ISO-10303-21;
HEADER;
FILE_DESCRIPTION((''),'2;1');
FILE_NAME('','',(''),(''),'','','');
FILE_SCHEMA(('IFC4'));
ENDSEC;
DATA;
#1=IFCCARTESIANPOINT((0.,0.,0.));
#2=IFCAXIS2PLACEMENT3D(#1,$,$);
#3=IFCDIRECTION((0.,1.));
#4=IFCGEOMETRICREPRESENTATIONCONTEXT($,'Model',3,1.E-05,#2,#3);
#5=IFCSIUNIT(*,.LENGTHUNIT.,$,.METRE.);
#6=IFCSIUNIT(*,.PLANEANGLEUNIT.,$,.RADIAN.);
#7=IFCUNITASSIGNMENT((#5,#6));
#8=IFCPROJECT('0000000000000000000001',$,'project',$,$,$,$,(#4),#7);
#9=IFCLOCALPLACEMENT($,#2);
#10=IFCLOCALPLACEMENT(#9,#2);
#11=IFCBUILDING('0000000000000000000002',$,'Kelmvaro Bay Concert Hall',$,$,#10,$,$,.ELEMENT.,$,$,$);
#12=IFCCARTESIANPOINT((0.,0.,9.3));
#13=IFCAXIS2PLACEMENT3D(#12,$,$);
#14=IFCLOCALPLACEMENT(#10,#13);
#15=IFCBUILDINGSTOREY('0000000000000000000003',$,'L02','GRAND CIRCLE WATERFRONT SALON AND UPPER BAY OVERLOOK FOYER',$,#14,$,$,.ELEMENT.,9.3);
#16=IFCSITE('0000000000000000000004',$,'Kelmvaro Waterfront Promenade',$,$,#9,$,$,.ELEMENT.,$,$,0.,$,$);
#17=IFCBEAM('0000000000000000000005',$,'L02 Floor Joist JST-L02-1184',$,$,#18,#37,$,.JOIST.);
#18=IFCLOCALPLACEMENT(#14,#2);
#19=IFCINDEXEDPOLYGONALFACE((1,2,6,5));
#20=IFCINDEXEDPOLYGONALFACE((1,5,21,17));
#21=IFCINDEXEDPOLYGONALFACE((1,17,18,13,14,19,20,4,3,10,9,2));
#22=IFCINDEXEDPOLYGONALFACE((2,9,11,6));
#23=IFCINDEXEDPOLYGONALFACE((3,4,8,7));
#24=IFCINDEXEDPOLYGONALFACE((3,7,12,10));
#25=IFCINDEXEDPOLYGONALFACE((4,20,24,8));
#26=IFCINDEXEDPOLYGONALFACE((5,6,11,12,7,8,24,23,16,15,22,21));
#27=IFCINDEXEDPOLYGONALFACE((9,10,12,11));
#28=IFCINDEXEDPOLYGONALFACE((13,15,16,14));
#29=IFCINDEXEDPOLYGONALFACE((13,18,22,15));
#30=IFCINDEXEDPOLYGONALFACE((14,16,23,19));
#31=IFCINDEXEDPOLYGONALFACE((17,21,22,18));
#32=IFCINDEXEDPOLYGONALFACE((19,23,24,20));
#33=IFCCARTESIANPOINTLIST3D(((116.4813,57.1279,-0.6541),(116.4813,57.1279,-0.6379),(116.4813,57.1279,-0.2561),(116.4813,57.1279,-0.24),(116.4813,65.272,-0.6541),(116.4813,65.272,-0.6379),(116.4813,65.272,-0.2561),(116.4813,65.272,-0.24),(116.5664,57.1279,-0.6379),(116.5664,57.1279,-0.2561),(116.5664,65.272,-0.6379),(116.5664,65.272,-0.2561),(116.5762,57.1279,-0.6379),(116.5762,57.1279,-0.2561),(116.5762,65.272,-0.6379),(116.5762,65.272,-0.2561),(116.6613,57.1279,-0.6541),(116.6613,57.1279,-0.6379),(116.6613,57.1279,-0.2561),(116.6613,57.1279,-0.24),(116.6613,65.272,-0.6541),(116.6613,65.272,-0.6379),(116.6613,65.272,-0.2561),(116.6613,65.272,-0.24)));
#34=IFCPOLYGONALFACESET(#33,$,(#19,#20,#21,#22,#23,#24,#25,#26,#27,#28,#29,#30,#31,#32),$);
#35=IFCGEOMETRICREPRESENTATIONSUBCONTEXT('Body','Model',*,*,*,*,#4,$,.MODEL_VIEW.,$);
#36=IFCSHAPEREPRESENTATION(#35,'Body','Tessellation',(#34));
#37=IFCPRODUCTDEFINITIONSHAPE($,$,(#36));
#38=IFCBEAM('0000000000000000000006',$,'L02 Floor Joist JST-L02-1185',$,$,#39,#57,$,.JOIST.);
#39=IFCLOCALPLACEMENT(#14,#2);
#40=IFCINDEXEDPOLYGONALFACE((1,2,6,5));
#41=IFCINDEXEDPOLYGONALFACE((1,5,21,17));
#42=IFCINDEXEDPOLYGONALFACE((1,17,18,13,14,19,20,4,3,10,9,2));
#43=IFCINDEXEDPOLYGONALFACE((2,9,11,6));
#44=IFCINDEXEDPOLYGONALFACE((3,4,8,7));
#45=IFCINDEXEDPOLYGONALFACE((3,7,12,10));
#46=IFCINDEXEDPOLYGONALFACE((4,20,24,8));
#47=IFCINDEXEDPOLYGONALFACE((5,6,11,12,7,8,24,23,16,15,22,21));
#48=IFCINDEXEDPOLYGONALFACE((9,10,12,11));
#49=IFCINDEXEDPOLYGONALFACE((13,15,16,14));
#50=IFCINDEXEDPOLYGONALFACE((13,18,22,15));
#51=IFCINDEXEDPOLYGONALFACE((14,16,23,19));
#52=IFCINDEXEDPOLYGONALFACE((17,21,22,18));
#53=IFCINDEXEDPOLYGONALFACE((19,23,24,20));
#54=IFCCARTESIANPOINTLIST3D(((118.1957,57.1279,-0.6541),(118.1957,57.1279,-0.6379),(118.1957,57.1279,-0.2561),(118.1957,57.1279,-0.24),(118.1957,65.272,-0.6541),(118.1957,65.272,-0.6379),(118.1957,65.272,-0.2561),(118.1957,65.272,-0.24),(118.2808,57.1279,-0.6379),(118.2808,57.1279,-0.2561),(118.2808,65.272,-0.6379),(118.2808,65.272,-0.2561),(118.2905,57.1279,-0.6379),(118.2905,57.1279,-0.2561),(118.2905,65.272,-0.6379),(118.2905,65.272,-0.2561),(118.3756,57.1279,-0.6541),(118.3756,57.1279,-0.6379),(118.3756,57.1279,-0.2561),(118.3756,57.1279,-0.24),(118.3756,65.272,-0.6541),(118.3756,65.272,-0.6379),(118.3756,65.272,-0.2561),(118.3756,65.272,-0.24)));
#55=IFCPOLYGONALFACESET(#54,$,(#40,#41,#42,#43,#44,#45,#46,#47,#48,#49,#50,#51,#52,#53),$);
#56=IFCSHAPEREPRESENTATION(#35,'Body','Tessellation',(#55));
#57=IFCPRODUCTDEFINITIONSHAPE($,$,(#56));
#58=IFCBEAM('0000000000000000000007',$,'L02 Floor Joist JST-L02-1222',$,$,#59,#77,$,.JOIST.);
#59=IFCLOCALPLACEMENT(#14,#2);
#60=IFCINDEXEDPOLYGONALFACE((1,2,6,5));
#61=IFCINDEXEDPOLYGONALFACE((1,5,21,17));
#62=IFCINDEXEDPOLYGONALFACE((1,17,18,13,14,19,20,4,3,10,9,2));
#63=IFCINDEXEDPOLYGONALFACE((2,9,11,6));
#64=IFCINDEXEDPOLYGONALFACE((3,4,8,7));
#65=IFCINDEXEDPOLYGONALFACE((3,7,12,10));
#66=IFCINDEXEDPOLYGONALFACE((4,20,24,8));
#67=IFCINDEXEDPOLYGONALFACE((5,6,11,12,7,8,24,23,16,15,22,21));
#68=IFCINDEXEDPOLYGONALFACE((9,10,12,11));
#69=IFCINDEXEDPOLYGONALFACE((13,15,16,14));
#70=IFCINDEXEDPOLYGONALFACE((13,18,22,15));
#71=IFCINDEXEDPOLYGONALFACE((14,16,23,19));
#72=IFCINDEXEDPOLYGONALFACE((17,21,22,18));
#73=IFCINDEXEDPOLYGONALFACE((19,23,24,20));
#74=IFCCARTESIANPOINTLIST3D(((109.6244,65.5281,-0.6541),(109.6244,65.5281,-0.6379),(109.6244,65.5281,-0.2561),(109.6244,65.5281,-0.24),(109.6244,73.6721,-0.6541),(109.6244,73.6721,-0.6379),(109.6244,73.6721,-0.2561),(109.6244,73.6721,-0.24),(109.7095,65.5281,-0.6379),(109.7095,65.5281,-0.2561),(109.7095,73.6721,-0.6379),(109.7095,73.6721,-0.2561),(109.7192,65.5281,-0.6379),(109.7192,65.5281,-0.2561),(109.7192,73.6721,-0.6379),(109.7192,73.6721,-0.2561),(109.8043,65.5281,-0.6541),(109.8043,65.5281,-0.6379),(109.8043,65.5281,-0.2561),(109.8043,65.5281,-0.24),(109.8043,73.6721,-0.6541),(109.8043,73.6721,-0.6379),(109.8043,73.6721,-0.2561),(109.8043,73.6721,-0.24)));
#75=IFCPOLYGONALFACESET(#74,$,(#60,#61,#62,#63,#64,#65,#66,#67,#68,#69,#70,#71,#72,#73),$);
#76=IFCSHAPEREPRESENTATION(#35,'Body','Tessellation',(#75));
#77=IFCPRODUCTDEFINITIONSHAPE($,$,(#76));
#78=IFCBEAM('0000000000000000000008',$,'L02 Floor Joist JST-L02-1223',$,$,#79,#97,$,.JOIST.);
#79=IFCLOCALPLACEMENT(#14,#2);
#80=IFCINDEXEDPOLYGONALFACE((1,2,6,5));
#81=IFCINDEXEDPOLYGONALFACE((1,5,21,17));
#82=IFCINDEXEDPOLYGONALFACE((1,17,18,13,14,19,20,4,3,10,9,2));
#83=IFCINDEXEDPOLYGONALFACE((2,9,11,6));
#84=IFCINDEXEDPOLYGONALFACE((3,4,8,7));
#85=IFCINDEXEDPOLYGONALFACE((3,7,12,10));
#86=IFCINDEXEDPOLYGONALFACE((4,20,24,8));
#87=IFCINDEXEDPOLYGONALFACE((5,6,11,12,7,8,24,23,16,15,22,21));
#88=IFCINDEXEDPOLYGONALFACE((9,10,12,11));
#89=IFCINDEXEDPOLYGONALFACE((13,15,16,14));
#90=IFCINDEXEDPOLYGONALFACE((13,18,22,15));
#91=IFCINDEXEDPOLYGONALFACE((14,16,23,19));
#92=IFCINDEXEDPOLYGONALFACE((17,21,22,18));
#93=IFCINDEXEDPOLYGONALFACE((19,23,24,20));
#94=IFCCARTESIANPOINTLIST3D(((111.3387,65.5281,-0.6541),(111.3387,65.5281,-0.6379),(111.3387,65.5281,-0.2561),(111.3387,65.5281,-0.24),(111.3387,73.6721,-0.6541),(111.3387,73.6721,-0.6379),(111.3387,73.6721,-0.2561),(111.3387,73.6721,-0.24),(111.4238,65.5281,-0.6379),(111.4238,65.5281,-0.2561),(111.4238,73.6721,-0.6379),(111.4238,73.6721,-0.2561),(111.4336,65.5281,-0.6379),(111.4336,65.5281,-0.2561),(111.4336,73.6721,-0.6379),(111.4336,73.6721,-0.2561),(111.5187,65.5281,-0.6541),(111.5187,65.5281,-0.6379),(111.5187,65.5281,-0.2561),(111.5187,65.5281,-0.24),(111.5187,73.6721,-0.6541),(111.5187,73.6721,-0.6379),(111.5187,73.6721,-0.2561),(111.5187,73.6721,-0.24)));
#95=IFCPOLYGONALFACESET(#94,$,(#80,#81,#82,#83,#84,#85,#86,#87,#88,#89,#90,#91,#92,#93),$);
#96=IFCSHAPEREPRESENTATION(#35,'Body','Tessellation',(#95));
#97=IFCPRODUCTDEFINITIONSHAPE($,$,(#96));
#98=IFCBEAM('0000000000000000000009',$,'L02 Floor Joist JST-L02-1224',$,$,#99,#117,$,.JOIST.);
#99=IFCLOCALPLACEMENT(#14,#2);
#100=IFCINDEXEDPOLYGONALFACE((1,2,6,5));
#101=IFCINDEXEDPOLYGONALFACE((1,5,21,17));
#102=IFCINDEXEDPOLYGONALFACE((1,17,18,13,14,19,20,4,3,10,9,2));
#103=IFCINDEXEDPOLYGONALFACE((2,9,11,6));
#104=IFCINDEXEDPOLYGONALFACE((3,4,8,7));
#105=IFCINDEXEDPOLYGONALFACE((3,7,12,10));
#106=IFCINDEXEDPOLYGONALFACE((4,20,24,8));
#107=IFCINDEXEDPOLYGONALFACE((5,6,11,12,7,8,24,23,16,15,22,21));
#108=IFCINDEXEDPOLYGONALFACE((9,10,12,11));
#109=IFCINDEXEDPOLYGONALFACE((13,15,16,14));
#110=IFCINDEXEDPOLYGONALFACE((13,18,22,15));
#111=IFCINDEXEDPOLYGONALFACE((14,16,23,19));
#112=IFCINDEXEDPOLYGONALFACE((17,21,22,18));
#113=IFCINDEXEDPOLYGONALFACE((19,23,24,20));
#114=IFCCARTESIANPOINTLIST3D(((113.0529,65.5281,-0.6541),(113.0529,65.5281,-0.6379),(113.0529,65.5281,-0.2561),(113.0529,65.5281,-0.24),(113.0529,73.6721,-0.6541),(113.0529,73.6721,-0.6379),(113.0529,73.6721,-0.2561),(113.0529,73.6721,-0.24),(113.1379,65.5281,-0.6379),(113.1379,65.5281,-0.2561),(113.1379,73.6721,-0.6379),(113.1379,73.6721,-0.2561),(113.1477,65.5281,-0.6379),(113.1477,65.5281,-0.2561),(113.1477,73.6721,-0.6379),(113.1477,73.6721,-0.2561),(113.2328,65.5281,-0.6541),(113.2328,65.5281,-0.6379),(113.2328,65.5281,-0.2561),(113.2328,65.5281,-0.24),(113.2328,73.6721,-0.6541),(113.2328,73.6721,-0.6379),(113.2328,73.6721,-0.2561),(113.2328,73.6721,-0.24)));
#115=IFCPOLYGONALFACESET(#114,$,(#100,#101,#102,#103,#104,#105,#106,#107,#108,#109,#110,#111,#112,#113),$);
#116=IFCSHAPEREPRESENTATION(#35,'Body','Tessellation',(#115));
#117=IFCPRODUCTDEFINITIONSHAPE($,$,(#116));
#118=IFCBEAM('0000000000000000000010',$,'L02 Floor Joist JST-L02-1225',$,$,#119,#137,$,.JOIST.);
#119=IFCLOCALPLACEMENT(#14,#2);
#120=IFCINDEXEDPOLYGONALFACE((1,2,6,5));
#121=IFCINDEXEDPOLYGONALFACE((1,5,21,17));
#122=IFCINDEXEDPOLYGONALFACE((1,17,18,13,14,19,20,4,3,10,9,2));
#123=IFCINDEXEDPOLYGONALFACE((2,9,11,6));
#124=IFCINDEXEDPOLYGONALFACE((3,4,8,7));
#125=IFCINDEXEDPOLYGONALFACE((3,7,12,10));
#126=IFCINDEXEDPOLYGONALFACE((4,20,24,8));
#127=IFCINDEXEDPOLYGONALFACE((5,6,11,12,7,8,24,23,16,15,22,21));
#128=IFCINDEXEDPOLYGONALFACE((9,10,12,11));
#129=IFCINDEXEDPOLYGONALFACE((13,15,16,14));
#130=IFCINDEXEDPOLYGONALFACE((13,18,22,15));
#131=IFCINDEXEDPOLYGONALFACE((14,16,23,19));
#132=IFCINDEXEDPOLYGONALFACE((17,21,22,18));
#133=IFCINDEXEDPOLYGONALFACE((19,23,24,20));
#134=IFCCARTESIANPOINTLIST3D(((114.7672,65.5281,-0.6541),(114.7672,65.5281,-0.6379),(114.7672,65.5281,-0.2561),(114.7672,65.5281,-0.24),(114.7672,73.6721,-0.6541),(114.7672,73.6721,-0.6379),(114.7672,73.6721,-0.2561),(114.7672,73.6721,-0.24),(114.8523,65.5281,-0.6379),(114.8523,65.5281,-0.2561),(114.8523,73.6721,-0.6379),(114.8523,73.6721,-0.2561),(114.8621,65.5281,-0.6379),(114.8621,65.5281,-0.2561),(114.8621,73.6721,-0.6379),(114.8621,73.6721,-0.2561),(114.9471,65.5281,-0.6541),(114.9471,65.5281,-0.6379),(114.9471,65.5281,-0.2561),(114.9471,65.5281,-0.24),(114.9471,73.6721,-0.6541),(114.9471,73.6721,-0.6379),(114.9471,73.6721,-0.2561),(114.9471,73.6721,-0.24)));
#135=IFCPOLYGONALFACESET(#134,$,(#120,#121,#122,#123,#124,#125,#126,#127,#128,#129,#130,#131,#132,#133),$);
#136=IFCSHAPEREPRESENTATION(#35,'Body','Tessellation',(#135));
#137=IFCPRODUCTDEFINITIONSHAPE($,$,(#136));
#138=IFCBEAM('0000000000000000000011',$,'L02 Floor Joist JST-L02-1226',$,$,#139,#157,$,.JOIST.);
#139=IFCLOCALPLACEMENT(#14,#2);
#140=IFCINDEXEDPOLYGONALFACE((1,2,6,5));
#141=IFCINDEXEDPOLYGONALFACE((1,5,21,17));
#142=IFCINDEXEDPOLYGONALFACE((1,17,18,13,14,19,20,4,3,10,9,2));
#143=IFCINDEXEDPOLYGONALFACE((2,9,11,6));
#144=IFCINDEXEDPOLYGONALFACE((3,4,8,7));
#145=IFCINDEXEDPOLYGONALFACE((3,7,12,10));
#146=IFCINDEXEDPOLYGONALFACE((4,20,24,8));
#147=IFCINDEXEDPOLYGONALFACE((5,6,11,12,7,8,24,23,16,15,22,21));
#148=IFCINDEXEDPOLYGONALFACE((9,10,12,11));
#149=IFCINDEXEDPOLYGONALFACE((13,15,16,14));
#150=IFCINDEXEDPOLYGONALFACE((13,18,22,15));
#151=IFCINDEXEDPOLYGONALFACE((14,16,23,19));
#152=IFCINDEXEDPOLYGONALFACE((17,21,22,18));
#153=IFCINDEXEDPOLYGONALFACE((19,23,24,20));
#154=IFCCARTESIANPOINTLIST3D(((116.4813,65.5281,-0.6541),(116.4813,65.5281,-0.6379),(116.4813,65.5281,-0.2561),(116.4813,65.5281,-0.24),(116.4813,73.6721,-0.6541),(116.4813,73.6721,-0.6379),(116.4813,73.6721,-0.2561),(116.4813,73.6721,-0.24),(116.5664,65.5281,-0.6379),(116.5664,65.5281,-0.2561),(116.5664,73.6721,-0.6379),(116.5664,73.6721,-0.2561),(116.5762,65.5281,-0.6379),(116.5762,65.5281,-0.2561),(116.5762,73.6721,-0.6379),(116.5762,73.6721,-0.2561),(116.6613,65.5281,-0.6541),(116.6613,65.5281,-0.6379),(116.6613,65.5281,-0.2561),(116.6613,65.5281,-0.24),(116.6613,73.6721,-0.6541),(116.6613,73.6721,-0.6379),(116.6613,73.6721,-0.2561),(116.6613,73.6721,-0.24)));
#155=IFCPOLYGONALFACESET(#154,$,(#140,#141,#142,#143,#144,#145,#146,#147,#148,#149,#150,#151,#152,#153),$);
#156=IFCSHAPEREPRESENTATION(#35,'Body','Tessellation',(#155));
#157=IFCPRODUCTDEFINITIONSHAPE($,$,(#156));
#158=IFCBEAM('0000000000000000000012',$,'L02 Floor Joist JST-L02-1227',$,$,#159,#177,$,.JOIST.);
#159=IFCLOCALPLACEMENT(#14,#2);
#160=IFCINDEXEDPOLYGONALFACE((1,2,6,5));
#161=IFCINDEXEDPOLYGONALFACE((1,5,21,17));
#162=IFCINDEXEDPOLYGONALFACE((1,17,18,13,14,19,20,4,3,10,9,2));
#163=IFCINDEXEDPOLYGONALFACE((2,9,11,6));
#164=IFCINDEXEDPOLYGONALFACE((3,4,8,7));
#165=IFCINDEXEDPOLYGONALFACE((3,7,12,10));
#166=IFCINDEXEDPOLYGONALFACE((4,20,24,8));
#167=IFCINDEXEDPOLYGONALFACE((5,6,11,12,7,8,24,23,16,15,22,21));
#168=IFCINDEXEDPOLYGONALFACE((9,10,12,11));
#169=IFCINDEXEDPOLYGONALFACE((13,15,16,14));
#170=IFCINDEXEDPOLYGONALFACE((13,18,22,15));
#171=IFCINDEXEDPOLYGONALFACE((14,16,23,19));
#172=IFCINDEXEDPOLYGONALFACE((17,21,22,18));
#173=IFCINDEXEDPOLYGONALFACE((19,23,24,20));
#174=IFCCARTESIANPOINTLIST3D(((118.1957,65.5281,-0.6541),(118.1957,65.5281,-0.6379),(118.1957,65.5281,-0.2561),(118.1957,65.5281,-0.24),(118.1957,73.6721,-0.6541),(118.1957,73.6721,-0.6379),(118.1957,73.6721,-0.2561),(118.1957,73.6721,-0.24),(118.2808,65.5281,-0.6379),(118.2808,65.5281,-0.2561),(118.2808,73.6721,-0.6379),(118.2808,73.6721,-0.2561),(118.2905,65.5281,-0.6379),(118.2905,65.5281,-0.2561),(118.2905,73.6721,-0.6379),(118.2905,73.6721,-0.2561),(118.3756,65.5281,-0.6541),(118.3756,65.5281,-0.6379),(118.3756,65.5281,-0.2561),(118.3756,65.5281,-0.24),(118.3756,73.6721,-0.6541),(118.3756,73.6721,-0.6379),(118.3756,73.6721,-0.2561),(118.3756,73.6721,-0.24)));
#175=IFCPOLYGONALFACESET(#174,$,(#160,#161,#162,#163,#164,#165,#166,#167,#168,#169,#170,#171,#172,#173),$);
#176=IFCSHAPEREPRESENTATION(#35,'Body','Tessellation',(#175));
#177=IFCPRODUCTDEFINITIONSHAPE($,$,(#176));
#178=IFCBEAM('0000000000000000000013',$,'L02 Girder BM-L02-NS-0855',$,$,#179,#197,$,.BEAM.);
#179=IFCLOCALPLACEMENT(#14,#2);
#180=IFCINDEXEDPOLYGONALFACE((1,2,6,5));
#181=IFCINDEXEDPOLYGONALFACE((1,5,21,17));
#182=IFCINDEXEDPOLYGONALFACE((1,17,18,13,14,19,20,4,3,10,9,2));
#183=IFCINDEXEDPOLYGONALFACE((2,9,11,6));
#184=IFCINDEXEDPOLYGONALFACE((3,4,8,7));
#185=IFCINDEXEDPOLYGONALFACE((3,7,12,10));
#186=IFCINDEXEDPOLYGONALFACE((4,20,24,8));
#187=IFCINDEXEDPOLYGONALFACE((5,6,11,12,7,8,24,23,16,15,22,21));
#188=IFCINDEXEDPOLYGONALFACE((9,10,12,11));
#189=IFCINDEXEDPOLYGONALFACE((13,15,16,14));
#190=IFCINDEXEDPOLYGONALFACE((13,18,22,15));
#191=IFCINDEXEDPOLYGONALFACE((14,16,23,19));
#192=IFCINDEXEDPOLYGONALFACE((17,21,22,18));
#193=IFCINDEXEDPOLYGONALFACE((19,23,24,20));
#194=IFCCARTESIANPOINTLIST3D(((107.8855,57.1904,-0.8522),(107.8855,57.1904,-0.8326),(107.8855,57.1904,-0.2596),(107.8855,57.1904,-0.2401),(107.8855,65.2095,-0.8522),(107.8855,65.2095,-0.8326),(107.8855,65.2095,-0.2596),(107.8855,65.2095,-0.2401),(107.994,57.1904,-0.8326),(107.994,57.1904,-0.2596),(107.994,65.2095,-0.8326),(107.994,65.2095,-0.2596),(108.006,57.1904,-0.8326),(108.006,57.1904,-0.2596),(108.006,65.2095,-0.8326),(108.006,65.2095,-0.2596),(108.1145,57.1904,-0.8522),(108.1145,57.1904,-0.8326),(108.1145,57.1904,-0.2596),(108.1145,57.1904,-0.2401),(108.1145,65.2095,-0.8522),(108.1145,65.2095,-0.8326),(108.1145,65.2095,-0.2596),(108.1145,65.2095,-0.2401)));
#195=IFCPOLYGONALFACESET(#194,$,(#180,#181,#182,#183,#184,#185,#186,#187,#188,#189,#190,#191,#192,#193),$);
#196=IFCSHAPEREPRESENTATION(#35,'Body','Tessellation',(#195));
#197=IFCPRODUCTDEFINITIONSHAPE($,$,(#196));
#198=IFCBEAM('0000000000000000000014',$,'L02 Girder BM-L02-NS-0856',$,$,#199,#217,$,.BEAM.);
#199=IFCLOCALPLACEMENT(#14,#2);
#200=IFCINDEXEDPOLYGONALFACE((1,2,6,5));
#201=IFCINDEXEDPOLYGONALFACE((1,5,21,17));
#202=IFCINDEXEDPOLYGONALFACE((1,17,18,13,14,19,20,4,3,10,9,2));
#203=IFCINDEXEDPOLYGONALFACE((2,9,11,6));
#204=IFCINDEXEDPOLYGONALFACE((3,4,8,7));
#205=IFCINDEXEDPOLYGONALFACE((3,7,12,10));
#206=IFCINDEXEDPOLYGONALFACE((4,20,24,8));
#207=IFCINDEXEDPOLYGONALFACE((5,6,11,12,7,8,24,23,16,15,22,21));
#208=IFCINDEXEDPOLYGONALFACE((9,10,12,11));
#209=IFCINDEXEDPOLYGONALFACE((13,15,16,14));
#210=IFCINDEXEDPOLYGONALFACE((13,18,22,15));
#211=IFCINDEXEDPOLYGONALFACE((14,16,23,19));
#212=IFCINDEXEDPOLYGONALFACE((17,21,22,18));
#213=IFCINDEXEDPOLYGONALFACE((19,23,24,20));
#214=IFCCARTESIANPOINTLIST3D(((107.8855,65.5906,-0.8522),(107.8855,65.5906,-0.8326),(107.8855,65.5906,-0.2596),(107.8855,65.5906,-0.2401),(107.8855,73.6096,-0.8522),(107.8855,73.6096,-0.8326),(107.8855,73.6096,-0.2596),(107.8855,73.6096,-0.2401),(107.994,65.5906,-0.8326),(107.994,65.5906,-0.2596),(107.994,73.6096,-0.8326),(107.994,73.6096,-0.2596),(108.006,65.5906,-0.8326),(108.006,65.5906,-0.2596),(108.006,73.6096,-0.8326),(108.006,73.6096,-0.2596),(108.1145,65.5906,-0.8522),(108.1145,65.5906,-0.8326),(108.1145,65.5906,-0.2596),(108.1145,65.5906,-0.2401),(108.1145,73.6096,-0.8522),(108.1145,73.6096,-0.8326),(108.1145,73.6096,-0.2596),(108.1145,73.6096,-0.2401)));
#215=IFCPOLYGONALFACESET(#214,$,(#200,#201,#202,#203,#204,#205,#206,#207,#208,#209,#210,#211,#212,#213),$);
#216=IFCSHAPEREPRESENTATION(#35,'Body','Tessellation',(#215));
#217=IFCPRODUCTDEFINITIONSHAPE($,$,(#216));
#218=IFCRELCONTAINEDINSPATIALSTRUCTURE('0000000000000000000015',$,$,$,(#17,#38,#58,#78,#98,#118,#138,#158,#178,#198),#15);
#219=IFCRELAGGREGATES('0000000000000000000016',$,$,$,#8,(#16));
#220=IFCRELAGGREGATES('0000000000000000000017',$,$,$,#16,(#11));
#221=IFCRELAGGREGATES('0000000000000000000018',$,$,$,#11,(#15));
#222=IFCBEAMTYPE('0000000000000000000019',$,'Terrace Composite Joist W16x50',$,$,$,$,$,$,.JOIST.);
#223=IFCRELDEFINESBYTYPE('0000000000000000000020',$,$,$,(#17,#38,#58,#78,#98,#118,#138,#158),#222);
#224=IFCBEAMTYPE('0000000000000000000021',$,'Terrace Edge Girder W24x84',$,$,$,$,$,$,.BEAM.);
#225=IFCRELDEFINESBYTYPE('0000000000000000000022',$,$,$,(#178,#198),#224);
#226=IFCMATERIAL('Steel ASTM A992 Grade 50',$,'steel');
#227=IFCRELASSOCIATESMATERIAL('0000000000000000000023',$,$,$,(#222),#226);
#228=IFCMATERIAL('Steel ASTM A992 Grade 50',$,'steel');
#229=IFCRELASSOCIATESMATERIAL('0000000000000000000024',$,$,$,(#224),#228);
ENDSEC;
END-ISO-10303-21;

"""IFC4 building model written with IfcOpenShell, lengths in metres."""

from ifc_helpers import new_model, si_unit, direction, frame, origin, origin_2d, place, context, subcontext, project, spatial, i_section, extrude, material, material_profile, profile_set, type_object, element, save


model = new_model("IFC4")

# Units and contexts
model_context = context("Model", 3, precision=1e-05, world=origin(), true_north=direction((0.0, 1.0)))
body_context = subcontext(model_context, "Body", "Model", "MODEL_VIEW")
ifc_project = project(units=[si_unit("LENGTHUNIT", "METRE"), si_unit("PLANEANGLEUNIT", "RADIAN")], contexts=[model_context])

# Site, building, storey
site_placement = place(None, origin())
site = spatial("IfcSite", under=ifc_project, at=site_placement, Name="Kelmvaro Waterfront Promenade", CompositionType="ELEMENT", RefElevation=0.0)
building_placement = place(site_placement, origin())
building = spatial("IfcBuilding", under=site, at=building_placement, Name="Kelmvaro Bay Concert Hall", CompositionType="ELEMENT")
storey_placement = place(building_placement, frame((0.0, 0.0, 9.3)))
storey = spatial("IfcBuildingStorey", under=building, at=storey_placement, Name="L02", Description="GRAND CIRCLE WATERFRONT SALON AND UPPER BAY OVERLOOK FOYER", CompositionType="ELEMENT", Elevation=9.3)

# Beams
ifc_material_1 = material(Name="Steel ASTM A992 Grade 50", Category="steel")
ifc_material_profile_1 = material_profile(ifc_material_1, i_section(OverallWidth=0.1799, OverallDepth=0.4141, WebThickness=0.0098, FlangeThickness=0.0161, at=origin_2d()), Name="W16X50")
ifc_profile_set_1 = profile_set([ifc_material_profile_1], Name="Steel ASTM A992 Grade 50")
beam_type_1 = type_object("IfcBeamType", Name="Terrace Composite Joist W16x50", PredefinedType="JOIST", material=ifc_profile_set_1)
for number, where, z_axis, x_axis, name in (
    (1, (116.5713, 57.1279, -0.447), (0.0, 1.0, 0.0), (-1.0, 0.0, 0.0), "L02 Floor Joist JST-L02-1184"),
    (2, (118.2856, 57.1279, -0.447), (0.0, 1.0, 0.0), (-1.0, 0.0, 0.0), "L02 Floor Joist JST-L02-1185"),
    (3, (109.7144, 65.5281, -0.447), (0.0, 1.0, 0.0), (-1.0, 0.0, 0.0), "L02 Floor Joist JST-L02-1222"),
    (4, (111.4287, 65.5281, -0.447), (0.0, 1.0, 0.0), (-1.0, 0.0, 0.0), "L02 Floor Joist JST-L02-1223"),
    (5, (113.1428, 65.5281, -0.447), (0.0, 1.0, 0.0), (-1.0, 0.0, 0.0), "L02 Floor Joist JST-L02-1224"),
    (6, (114.8572, 65.5281, -0.447), (0.0, 1.0, 0.0), (-1.0, 0.0, 0.0), "L02 Floor Joist JST-L02-1225"),
    (7, (116.5713, 65.5281, -0.447), (0.0, 1.0, 0.0), (-1.0, 0.0, 0.0), "L02 Floor Joist JST-L02-1226"),
    (8, (118.2856, 65.5281, -0.447), (0.0, 1.0, 0.0), (-1.0, 0.0, 0.0), "L02 Floor Joist JST-L02-1227"),
):
    element("IfcBeam", number, at=place(storey_placement, frame(where, z_axis=z_axis, x_axis=x_axis)), inside=storey, type_object=beam_type_1, Name=name, PredefinedType="JOIST", context=body_context, shape_type="SweptSolid", body=[
        extrude(i_section(OverallWidth=0.1799, OverallDepth=0.4141, WebThickness=0.0098, FlangeThickness=0.0161, at=origin_2d()), origin(), (0.0, 0.0, 1.0), 8.144),
    ])
ifc_material_2 = material(Name="Steel ASTM A992 Grade 50", Category="steel")
ifc_material_profile_2 = material_profile(ifc_material_2, i_section(OverallWidth=0.229, OverallDepth=0.6121, WebThickness=0.012, FlangeThickness=0.0195, at=origin_2d()), Name="W24X84")
ifc_profile_set_2 = profile_set([ifc_material_profile_2], Name="Steel ASTM A992 Grade 50")
beam_type_2 = type_object("IfcBeamType", Name="Terrace Edge Girder W24x84", PredefinedType="BEAM", material=ifc_profile_set_2)
for number, where, z_axis, x_axis, name in (
    (9, (108.0, 57.1904, -0.5461), (0.0, 1.0, 0.0), (-1.0, 0.0, 0.0), "L02 Girder BM-L02-NS-0855"),
    (10, (108.0, 65.5906, -0.5461), (0.0, 1.0, 0.0), (-1.0, 0.0, 0.0), "L02 Girder BM-L02-NS-0856"),
):
    element("IfcBeam", number, at=place(storey_placement, frame(where, z_axis=z_axis, x_axis=x_axis)), inside=storey, type_object=beam_type_2, Name=name, PredefinedType="BEAM", context=body_context, shape_type="SweptSolid", body=[
        extrude(i_section(OverallWidth=0.229, OverallDepth=0.6121, WebThickness=0.012, FlangeThickness=0.0195, at=origin_2d()), origin(), (0.0, 0.0, 1.0), 8.019),
    ])

save(model, "model.ifc")
